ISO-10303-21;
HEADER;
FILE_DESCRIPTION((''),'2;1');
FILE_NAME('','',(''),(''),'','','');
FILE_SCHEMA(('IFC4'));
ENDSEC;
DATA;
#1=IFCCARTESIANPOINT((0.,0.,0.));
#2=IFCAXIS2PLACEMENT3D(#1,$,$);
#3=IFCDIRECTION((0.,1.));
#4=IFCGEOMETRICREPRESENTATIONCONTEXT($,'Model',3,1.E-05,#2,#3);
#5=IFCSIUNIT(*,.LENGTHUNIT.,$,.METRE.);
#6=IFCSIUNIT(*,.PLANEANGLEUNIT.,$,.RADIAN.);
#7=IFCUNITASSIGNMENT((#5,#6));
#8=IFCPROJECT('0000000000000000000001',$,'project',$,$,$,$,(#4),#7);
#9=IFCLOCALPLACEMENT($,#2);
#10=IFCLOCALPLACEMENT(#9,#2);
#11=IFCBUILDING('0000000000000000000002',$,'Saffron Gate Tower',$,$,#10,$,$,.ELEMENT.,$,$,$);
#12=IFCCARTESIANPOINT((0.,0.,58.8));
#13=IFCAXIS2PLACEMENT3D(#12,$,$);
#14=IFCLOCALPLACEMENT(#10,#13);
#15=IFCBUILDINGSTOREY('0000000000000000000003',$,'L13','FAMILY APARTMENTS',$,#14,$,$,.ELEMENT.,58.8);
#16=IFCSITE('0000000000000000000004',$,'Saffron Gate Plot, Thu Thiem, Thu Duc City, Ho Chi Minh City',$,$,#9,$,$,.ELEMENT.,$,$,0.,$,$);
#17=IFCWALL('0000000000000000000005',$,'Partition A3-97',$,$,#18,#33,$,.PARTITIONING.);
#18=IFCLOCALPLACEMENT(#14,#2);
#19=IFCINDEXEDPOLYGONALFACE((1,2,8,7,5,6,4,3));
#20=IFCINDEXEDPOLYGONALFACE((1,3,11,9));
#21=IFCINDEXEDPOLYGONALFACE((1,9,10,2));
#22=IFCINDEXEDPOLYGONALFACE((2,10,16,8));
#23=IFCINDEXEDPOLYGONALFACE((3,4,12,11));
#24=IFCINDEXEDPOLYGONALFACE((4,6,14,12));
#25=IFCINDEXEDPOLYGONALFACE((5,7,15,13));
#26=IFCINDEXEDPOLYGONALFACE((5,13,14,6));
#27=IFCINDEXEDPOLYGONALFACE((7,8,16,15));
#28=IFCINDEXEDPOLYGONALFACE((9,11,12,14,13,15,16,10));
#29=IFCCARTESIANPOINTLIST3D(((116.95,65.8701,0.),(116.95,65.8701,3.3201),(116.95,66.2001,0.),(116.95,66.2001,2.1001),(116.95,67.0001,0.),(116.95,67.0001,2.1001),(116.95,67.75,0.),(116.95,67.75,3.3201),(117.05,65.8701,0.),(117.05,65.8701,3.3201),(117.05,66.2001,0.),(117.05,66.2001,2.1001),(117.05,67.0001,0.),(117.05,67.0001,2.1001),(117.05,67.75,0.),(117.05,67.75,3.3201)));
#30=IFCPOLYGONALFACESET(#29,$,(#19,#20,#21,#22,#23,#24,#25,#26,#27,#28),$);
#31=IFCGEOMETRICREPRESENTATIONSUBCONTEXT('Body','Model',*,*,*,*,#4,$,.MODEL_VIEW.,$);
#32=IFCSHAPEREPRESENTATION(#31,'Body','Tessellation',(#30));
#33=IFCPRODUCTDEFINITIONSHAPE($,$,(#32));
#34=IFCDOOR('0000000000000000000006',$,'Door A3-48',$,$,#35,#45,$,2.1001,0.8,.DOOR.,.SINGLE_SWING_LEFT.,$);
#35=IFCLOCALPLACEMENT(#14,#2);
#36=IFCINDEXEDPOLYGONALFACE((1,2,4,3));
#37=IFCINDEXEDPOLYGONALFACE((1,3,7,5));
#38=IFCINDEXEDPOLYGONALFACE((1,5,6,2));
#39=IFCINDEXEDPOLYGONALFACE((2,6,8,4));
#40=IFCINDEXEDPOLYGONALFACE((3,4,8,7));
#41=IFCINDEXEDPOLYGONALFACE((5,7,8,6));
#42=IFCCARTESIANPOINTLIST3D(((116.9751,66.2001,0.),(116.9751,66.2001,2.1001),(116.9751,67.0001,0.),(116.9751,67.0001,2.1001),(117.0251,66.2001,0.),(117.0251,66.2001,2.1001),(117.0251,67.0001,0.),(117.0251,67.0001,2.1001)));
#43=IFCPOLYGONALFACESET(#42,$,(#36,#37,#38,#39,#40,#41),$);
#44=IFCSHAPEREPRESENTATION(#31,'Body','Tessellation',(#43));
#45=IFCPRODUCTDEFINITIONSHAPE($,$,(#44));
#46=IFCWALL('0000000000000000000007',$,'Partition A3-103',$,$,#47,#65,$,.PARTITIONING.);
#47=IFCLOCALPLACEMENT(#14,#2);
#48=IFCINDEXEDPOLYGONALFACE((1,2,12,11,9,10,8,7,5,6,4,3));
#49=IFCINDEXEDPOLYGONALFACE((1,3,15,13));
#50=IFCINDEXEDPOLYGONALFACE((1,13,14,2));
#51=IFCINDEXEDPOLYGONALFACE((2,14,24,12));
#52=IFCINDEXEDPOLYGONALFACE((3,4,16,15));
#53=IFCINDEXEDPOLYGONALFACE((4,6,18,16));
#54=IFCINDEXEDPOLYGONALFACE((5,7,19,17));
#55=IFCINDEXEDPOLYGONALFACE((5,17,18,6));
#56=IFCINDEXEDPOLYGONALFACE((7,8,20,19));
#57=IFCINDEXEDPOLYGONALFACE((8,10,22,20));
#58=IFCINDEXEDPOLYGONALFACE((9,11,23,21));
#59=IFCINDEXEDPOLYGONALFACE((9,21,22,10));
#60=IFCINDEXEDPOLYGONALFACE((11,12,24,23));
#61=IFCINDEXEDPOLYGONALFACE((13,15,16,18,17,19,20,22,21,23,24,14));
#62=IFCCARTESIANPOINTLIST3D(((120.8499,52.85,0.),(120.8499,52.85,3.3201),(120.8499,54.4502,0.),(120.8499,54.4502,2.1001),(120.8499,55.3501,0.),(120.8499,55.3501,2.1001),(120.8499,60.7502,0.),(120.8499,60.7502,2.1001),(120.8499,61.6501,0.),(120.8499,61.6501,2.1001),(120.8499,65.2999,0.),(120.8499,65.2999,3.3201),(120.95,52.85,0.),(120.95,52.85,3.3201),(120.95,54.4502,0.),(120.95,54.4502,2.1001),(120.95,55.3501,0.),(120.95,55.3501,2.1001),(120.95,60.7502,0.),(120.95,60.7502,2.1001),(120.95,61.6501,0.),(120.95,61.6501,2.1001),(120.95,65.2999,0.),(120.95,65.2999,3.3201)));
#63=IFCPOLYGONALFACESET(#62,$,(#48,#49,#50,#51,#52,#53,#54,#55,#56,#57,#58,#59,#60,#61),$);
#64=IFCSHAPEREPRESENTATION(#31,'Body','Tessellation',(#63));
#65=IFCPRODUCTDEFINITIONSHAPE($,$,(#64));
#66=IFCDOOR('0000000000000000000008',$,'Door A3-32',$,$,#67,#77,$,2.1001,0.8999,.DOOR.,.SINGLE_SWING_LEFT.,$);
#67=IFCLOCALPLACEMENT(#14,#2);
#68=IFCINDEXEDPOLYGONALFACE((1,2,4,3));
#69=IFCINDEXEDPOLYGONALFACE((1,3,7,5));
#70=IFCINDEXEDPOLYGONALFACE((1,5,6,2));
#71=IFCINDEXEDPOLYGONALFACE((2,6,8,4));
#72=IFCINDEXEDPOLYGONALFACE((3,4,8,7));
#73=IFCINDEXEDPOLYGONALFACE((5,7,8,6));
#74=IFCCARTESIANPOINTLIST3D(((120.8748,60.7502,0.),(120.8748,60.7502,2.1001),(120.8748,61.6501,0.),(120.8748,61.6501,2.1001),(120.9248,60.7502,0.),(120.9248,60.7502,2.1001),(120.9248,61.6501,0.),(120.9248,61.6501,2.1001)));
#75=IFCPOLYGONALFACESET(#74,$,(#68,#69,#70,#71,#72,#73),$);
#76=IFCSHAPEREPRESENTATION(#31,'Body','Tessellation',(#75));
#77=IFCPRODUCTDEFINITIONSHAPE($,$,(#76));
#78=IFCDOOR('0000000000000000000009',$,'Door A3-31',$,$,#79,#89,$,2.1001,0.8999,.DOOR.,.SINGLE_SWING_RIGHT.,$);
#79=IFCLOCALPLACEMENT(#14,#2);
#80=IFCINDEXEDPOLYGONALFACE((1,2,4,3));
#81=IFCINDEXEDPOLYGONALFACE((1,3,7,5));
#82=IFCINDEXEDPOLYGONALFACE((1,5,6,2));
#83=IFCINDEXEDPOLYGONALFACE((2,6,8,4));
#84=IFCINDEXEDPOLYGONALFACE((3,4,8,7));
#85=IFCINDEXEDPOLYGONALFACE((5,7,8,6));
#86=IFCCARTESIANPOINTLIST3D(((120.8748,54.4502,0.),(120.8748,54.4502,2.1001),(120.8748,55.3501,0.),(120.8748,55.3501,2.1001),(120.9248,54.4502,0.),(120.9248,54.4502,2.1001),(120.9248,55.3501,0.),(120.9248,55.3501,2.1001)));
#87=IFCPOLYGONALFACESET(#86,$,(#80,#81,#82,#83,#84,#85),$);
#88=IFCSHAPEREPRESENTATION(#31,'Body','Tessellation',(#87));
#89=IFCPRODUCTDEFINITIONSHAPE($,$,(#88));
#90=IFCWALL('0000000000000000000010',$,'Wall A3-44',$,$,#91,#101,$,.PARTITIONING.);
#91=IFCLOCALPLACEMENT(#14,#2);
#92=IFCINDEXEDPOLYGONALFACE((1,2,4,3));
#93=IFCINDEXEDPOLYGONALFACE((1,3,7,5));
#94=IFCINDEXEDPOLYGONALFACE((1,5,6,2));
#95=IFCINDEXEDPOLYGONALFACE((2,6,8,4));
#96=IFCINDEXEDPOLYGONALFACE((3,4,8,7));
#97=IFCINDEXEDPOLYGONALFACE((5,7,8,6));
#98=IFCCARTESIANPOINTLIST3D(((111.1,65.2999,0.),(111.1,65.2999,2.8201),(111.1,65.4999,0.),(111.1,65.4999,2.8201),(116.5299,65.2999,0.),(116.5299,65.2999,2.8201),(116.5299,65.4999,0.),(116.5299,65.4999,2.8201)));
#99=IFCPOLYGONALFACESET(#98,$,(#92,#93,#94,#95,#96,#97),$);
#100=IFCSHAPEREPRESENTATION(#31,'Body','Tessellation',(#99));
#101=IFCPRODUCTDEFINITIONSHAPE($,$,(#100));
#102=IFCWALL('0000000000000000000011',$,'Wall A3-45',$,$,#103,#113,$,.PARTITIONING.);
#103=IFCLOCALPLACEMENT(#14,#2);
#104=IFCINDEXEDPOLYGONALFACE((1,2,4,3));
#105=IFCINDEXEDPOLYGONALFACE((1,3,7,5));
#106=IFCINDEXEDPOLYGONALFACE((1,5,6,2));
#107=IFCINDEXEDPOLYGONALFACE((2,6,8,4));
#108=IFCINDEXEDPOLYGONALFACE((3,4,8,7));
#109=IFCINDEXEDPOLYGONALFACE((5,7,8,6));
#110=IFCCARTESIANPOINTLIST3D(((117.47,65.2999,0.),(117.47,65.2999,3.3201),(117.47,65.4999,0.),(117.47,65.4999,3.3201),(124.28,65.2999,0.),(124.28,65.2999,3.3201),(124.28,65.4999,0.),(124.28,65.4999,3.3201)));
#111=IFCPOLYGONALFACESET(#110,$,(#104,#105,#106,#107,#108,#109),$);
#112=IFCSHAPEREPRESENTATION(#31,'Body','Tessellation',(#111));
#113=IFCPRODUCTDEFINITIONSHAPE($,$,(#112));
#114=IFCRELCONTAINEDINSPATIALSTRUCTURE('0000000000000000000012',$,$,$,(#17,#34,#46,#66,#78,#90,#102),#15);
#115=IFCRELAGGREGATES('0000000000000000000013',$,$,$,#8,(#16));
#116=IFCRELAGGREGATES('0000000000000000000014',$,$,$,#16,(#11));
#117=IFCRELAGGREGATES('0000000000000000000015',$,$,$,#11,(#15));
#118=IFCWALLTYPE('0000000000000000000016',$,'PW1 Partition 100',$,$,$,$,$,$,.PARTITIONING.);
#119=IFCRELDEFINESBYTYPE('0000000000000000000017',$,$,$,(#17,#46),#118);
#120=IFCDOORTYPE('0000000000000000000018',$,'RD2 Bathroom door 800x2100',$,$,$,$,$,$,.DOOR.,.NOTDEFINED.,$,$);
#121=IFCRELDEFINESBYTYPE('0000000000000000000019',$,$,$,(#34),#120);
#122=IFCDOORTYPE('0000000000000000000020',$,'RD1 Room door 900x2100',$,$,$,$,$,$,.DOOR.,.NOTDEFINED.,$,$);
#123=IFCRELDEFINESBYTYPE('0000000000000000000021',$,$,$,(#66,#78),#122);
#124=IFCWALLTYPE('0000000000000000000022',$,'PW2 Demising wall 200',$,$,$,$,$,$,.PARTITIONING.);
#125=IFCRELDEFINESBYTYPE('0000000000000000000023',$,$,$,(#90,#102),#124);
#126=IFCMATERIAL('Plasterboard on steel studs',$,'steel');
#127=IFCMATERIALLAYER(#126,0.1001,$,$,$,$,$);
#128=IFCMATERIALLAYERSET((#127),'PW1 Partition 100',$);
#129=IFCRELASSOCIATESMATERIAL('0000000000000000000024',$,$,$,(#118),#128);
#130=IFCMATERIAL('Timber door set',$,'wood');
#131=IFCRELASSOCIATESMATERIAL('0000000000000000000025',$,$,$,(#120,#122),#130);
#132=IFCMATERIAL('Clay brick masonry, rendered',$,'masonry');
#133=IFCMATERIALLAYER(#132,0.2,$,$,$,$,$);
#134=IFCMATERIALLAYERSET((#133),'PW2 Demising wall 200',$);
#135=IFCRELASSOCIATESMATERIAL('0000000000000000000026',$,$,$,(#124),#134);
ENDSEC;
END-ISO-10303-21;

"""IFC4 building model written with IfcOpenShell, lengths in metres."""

from ifc_helpers import new_model, si_unit, direction, frame, frame_2d, origin, place, context, subcontext, project, spatial, rectangle, extrude, material, layer, layer_set, type_object, element, fill, save


model = new_model("IFC4")

# Units and contexts
model_context = context("Model", 3, precision=1e-05, world=origin(), true_north=direction((0.0, 1.0)))
body_context = subcontext(model_context, "Body", "Model", "MODEL_VIEW")
ifc_project = project(units=[si_unit("LENGTHUNIT", "METRE"), si_unit("PLANEANGLEUNIT", "RADIAN")], contexts=[model_context])

# Site, building, storey
site_placement = place(None, origin())
site = spatial("IfcSite", under=ifc_project, at=site_placement, Name="Saffron Gate Plot, Thu Thiem, Thu Duc City, Ho Chi Minh City", CompositionType="ELEMENT", RefElevation=0.0)
building_placement = place(site_placement, origin())
building = spatial("IfcBuilding", under=site, at=building_placement, Name="Saffron Gate Tower", CompositionType="ELEMENT")
storey_placement = place(building_placement, frame((0.0, 0.0, 58.8)))
storey = spatial("IfcBuildingStorey", under=building, at=storey_placement, Name="L13", Description="FAMILY APARTMENTS", CompositionType="ELEMENT", Elevation=58.8)

# Shared definitions
ifc_material_1 = material(Name="Plasterboard on steel studs", Category="steel")
ifc_layer_1 = layer(ifc_material_1, 0.1001)
ifc_layer_set_1 = layer_set([ifc_layer_1], Name="PW1 Partition 100")
wall_type_1 = type_object("IfcWallType", Name="PW1 Partition 100", PredefinedType="PARTITIONING", material=ifc_layer_set_1)

# Wall, opening, door
wall_1_placement = place(storey_placement, frame((117.0, 65.8701, 0.0), z_axis=(0.0, 0.0, 1.0), x_axis=(0.0, 1.0, 0.0)))
wall_1 = element("IfcWall", 1, at=wall_1_placement, inside=storey, type_object=wall_type_1, Name="Partition A3-97", PredefinedType="PARTITIONING", context=body_context, shape_type="SweptSolid", body=[
    extrude(rectangle(XDim=1.8799, YDim=0.1001, at=frame_2d((0.9399, 0.0))), origin(), (0.0, 0.0, 1.0), 3.3201),
])
opening_1_placement = place(wall_1_placement, frame((0.3301, 0.0, 0.0)))
opening_1 = element("IfcOpeningElement", 2, at=opening_1_placement, cuts=wall_1, PredefinedType="OPENING", context=body_context, shape_type="SweptSolid", body=[
    extrude(rectangle(XDim=0.8, YDim=2.1001, at=frame_2d((0.3999, 1.05))), frame((0.0, 0.0601, 0.0), z_axis=(0.0, -1.0, 0.0), x_axis=(1.0, 0.0, 0.0)), (0.0, 0.0, 1.0), 0.1201),
])
ifc_material_2 = material(Name="Timber door set", Category="wood")
door_type_1 = type_object("IfcDoorType", Name="RD2 Bathroom door 800x2100", OperationType="NOTDEFINED", PredefinedType="DOOR", material=ifc_material_2)
door_1_placement = place(opening_1_placement, origin())
door_1 = element("IfcDoor", 3, at=door_1_placement, inside=storey, type_object=door_type_1, Name="Door A3-48", OperationType="SINGLE_SWING_LEFT", OverallHeight=2.1001, OverallWidth=0.8, PredefinedType="DOOR", context=body_context, shape_type="SweptSolid", body=[
    extrude(rectangle(XDim=0.8, YDim=2.1001, at=frame_2d((0.3999, 1.05))), frame((0.0, 0.0249, 0.0), z_axis=(0.0, -1.0, 0.0), x_axis=(1.0, 0.0, 0.0)), (0.0, 0.0, 1.0), 0.05),
])
fill(opening_1, door_1)

# Wall, openings, doors
wall_2_placement = place(storey_placement, frame((120.8999, 65.3, 0.0), z_axis=(0.0, 0.0, 1.0), x_axis=(0.0, -1.0, 0.0)))
wall_2 = element("IfcWall", 4, at=wall_2_placement, inside=storey, type_object=wall_type_1, Name="Partition A3-103", PredefinedType="PARTITIONING", context=body_context, shape_type="SweptSolid", body=[
    extrude(rectangle(XDim=12.45, YDim=0.1001, at=frame_2d((6.2251, 0.0))), origin(), (0.0, 0.0, 1.0), 3.3201),
])
opening_2_placement = place(wall_2_placement, frame((3.6499, 0.0, 0.0)))
opening_2 = element("IfcOpeningElement", 5, at=opening_2_placement, cuts=wall_2, PredefinedType="OPENING", context=body_context, shape_type="SweptSolid", body=[
    extrude(rectangle(XDim=0.8999, YDim=2.1001, at=frame_2d((0.45, 1.05))), frame((0.0, 0.0601, 0.0), z_axis=(0.0, -1.0, 0.0), x_axis=(1.0, 0.0, 0.0)), (0.0, 0.0, 1.0), 0.1201),
])
opening_3_placement = place(wall_2_placement, frame((9.95, 0.0, 0.0)))
opening_3 = element("IfcOpeningElement", 6, at=opening_3_placement, cuts=wall_2, PredefinedType="OPENING", context=body_context, shape_type="SweptSolid", body=[
    extrude(rectangle(XDim=0.8999, YDim=2.1001, at=frame_2d((0.45, 1.05))), frame((0.0, 0.0601, 0.0), z_axis=(0.0, -1.0, 0.0), x_axis=(1.0, 0.0, 0.0)), (0.0, 0.0, 1.0), 0.1201),
])
door_type_2 = type_object("IfcDoorType", Name="RD1 Room door 900x2100", OperationType="NOTDEFINED", PredefinedType="DOOR", material=ifc_material_2)
door_2_placement = place(opening_2_placement, origin())
door_2 = element("IfcDoor", 7, at=door_2_placement, inside=storey, type_object=door_type_2, Name="Door A3-32", OperationType="SINGLE_SWING_LEFT", OverallHeight=2.1001, OverallWidth=0.8999, PredefinedType="DOOR", context=body_context, shape_type="SweptSolid", body=[
    extrude(rectangle(XDim=0.8999, YDim=2.1001, at=frame_2d((0.45, 1.05))), frame((0.0, 0.0249, 0.0), z_axis=(0.0, -1.0, 0.0), x_axis=(1.0, 0.0, 0.0)), (0.0, 0.0, 1.0), 0.05),
])
fill(opening_2, door_2)
door_3_placement = place(opening_3_placement, origin())
door_3 = element("IfcDoor", 8, at=door_3_placement, inside=storey, type_object=door_type_2, Name="Door A3-31", OperationType="SINGLE_SWING_RIGHT", OverallHeight=2.1001, OverallWidth=0.8999, PredefinedType="DOOR", context=body_context, shape_type="SweptSolid", body=[
    extrude(rectangle(XDim=0.8999, YDim=2.1001, at=frame_2d((0.45, 1.05))), frame((0.0, 0.0249, 0.0), z_axis=(0.0, -1.0, 0.0), x_axis=(1.0, 0.0, 0.0)), (0.0, 0.0, 1.0), 0.05),
])
fill(opening_3, door_3)

# Walls
ifc_material_3 = material(Name="Clay brick masonry, rendered", Category="masonry")
ifc_layer_2 = layer(ifc_material_3, 0.2)
ifc_layer_set_2 = layer_set([ifc_layer_2], Name="PW2 Demising wall 200")
wall_type_2 = type_object("IfcWallType", Name="PW2 Demising wall 200", PredefinedType="PARTITIONING", material=ifc_layer_set_2)
wall_3_placement = place(storey_placement, frame((111.1001, 65.3999, 0.0), z_axis=(0.0, 0.0, 1.0), x_axis=(1.0, 0.0, 0.0)))
element("IfcWall", 9, at=wall_3_placement, inside=storey, type_object=wall_type_2, Name="Wall A3-44", PredefinedType="PARTITIONING", context=body_context, shape_type="SweptSolid", body=[
    extrude(rectangle(XDim=5.4299, YDim=0.2, at=frame_2d((2.7148, 0.0))), origin(), (0.0, 0.0, 1.0), 2.8201),
])
wall_4_placement = place(storey_placement, frame((117.47, 65.3999, 0.0), z_axis=(0.0, 0.0, 1.0), x_axis=(1.0, 0.0, 0.0)))
element("IfcWall", 10, at=wall_4_placement, inside=storey, type_object=wall_type_2, Name="Wall A3-45", PredefinedType="PARTITIONING", context=body_context, shape_type="SweptSolid", body=[
    extrude(rectangle(XDim=6.8101, YDim=0.2, at=frame_2d((3.405, 0.0))), origin(), (0.0, 0.0, 1.0), 3.3201),
])

save(model, "model.ifc")
